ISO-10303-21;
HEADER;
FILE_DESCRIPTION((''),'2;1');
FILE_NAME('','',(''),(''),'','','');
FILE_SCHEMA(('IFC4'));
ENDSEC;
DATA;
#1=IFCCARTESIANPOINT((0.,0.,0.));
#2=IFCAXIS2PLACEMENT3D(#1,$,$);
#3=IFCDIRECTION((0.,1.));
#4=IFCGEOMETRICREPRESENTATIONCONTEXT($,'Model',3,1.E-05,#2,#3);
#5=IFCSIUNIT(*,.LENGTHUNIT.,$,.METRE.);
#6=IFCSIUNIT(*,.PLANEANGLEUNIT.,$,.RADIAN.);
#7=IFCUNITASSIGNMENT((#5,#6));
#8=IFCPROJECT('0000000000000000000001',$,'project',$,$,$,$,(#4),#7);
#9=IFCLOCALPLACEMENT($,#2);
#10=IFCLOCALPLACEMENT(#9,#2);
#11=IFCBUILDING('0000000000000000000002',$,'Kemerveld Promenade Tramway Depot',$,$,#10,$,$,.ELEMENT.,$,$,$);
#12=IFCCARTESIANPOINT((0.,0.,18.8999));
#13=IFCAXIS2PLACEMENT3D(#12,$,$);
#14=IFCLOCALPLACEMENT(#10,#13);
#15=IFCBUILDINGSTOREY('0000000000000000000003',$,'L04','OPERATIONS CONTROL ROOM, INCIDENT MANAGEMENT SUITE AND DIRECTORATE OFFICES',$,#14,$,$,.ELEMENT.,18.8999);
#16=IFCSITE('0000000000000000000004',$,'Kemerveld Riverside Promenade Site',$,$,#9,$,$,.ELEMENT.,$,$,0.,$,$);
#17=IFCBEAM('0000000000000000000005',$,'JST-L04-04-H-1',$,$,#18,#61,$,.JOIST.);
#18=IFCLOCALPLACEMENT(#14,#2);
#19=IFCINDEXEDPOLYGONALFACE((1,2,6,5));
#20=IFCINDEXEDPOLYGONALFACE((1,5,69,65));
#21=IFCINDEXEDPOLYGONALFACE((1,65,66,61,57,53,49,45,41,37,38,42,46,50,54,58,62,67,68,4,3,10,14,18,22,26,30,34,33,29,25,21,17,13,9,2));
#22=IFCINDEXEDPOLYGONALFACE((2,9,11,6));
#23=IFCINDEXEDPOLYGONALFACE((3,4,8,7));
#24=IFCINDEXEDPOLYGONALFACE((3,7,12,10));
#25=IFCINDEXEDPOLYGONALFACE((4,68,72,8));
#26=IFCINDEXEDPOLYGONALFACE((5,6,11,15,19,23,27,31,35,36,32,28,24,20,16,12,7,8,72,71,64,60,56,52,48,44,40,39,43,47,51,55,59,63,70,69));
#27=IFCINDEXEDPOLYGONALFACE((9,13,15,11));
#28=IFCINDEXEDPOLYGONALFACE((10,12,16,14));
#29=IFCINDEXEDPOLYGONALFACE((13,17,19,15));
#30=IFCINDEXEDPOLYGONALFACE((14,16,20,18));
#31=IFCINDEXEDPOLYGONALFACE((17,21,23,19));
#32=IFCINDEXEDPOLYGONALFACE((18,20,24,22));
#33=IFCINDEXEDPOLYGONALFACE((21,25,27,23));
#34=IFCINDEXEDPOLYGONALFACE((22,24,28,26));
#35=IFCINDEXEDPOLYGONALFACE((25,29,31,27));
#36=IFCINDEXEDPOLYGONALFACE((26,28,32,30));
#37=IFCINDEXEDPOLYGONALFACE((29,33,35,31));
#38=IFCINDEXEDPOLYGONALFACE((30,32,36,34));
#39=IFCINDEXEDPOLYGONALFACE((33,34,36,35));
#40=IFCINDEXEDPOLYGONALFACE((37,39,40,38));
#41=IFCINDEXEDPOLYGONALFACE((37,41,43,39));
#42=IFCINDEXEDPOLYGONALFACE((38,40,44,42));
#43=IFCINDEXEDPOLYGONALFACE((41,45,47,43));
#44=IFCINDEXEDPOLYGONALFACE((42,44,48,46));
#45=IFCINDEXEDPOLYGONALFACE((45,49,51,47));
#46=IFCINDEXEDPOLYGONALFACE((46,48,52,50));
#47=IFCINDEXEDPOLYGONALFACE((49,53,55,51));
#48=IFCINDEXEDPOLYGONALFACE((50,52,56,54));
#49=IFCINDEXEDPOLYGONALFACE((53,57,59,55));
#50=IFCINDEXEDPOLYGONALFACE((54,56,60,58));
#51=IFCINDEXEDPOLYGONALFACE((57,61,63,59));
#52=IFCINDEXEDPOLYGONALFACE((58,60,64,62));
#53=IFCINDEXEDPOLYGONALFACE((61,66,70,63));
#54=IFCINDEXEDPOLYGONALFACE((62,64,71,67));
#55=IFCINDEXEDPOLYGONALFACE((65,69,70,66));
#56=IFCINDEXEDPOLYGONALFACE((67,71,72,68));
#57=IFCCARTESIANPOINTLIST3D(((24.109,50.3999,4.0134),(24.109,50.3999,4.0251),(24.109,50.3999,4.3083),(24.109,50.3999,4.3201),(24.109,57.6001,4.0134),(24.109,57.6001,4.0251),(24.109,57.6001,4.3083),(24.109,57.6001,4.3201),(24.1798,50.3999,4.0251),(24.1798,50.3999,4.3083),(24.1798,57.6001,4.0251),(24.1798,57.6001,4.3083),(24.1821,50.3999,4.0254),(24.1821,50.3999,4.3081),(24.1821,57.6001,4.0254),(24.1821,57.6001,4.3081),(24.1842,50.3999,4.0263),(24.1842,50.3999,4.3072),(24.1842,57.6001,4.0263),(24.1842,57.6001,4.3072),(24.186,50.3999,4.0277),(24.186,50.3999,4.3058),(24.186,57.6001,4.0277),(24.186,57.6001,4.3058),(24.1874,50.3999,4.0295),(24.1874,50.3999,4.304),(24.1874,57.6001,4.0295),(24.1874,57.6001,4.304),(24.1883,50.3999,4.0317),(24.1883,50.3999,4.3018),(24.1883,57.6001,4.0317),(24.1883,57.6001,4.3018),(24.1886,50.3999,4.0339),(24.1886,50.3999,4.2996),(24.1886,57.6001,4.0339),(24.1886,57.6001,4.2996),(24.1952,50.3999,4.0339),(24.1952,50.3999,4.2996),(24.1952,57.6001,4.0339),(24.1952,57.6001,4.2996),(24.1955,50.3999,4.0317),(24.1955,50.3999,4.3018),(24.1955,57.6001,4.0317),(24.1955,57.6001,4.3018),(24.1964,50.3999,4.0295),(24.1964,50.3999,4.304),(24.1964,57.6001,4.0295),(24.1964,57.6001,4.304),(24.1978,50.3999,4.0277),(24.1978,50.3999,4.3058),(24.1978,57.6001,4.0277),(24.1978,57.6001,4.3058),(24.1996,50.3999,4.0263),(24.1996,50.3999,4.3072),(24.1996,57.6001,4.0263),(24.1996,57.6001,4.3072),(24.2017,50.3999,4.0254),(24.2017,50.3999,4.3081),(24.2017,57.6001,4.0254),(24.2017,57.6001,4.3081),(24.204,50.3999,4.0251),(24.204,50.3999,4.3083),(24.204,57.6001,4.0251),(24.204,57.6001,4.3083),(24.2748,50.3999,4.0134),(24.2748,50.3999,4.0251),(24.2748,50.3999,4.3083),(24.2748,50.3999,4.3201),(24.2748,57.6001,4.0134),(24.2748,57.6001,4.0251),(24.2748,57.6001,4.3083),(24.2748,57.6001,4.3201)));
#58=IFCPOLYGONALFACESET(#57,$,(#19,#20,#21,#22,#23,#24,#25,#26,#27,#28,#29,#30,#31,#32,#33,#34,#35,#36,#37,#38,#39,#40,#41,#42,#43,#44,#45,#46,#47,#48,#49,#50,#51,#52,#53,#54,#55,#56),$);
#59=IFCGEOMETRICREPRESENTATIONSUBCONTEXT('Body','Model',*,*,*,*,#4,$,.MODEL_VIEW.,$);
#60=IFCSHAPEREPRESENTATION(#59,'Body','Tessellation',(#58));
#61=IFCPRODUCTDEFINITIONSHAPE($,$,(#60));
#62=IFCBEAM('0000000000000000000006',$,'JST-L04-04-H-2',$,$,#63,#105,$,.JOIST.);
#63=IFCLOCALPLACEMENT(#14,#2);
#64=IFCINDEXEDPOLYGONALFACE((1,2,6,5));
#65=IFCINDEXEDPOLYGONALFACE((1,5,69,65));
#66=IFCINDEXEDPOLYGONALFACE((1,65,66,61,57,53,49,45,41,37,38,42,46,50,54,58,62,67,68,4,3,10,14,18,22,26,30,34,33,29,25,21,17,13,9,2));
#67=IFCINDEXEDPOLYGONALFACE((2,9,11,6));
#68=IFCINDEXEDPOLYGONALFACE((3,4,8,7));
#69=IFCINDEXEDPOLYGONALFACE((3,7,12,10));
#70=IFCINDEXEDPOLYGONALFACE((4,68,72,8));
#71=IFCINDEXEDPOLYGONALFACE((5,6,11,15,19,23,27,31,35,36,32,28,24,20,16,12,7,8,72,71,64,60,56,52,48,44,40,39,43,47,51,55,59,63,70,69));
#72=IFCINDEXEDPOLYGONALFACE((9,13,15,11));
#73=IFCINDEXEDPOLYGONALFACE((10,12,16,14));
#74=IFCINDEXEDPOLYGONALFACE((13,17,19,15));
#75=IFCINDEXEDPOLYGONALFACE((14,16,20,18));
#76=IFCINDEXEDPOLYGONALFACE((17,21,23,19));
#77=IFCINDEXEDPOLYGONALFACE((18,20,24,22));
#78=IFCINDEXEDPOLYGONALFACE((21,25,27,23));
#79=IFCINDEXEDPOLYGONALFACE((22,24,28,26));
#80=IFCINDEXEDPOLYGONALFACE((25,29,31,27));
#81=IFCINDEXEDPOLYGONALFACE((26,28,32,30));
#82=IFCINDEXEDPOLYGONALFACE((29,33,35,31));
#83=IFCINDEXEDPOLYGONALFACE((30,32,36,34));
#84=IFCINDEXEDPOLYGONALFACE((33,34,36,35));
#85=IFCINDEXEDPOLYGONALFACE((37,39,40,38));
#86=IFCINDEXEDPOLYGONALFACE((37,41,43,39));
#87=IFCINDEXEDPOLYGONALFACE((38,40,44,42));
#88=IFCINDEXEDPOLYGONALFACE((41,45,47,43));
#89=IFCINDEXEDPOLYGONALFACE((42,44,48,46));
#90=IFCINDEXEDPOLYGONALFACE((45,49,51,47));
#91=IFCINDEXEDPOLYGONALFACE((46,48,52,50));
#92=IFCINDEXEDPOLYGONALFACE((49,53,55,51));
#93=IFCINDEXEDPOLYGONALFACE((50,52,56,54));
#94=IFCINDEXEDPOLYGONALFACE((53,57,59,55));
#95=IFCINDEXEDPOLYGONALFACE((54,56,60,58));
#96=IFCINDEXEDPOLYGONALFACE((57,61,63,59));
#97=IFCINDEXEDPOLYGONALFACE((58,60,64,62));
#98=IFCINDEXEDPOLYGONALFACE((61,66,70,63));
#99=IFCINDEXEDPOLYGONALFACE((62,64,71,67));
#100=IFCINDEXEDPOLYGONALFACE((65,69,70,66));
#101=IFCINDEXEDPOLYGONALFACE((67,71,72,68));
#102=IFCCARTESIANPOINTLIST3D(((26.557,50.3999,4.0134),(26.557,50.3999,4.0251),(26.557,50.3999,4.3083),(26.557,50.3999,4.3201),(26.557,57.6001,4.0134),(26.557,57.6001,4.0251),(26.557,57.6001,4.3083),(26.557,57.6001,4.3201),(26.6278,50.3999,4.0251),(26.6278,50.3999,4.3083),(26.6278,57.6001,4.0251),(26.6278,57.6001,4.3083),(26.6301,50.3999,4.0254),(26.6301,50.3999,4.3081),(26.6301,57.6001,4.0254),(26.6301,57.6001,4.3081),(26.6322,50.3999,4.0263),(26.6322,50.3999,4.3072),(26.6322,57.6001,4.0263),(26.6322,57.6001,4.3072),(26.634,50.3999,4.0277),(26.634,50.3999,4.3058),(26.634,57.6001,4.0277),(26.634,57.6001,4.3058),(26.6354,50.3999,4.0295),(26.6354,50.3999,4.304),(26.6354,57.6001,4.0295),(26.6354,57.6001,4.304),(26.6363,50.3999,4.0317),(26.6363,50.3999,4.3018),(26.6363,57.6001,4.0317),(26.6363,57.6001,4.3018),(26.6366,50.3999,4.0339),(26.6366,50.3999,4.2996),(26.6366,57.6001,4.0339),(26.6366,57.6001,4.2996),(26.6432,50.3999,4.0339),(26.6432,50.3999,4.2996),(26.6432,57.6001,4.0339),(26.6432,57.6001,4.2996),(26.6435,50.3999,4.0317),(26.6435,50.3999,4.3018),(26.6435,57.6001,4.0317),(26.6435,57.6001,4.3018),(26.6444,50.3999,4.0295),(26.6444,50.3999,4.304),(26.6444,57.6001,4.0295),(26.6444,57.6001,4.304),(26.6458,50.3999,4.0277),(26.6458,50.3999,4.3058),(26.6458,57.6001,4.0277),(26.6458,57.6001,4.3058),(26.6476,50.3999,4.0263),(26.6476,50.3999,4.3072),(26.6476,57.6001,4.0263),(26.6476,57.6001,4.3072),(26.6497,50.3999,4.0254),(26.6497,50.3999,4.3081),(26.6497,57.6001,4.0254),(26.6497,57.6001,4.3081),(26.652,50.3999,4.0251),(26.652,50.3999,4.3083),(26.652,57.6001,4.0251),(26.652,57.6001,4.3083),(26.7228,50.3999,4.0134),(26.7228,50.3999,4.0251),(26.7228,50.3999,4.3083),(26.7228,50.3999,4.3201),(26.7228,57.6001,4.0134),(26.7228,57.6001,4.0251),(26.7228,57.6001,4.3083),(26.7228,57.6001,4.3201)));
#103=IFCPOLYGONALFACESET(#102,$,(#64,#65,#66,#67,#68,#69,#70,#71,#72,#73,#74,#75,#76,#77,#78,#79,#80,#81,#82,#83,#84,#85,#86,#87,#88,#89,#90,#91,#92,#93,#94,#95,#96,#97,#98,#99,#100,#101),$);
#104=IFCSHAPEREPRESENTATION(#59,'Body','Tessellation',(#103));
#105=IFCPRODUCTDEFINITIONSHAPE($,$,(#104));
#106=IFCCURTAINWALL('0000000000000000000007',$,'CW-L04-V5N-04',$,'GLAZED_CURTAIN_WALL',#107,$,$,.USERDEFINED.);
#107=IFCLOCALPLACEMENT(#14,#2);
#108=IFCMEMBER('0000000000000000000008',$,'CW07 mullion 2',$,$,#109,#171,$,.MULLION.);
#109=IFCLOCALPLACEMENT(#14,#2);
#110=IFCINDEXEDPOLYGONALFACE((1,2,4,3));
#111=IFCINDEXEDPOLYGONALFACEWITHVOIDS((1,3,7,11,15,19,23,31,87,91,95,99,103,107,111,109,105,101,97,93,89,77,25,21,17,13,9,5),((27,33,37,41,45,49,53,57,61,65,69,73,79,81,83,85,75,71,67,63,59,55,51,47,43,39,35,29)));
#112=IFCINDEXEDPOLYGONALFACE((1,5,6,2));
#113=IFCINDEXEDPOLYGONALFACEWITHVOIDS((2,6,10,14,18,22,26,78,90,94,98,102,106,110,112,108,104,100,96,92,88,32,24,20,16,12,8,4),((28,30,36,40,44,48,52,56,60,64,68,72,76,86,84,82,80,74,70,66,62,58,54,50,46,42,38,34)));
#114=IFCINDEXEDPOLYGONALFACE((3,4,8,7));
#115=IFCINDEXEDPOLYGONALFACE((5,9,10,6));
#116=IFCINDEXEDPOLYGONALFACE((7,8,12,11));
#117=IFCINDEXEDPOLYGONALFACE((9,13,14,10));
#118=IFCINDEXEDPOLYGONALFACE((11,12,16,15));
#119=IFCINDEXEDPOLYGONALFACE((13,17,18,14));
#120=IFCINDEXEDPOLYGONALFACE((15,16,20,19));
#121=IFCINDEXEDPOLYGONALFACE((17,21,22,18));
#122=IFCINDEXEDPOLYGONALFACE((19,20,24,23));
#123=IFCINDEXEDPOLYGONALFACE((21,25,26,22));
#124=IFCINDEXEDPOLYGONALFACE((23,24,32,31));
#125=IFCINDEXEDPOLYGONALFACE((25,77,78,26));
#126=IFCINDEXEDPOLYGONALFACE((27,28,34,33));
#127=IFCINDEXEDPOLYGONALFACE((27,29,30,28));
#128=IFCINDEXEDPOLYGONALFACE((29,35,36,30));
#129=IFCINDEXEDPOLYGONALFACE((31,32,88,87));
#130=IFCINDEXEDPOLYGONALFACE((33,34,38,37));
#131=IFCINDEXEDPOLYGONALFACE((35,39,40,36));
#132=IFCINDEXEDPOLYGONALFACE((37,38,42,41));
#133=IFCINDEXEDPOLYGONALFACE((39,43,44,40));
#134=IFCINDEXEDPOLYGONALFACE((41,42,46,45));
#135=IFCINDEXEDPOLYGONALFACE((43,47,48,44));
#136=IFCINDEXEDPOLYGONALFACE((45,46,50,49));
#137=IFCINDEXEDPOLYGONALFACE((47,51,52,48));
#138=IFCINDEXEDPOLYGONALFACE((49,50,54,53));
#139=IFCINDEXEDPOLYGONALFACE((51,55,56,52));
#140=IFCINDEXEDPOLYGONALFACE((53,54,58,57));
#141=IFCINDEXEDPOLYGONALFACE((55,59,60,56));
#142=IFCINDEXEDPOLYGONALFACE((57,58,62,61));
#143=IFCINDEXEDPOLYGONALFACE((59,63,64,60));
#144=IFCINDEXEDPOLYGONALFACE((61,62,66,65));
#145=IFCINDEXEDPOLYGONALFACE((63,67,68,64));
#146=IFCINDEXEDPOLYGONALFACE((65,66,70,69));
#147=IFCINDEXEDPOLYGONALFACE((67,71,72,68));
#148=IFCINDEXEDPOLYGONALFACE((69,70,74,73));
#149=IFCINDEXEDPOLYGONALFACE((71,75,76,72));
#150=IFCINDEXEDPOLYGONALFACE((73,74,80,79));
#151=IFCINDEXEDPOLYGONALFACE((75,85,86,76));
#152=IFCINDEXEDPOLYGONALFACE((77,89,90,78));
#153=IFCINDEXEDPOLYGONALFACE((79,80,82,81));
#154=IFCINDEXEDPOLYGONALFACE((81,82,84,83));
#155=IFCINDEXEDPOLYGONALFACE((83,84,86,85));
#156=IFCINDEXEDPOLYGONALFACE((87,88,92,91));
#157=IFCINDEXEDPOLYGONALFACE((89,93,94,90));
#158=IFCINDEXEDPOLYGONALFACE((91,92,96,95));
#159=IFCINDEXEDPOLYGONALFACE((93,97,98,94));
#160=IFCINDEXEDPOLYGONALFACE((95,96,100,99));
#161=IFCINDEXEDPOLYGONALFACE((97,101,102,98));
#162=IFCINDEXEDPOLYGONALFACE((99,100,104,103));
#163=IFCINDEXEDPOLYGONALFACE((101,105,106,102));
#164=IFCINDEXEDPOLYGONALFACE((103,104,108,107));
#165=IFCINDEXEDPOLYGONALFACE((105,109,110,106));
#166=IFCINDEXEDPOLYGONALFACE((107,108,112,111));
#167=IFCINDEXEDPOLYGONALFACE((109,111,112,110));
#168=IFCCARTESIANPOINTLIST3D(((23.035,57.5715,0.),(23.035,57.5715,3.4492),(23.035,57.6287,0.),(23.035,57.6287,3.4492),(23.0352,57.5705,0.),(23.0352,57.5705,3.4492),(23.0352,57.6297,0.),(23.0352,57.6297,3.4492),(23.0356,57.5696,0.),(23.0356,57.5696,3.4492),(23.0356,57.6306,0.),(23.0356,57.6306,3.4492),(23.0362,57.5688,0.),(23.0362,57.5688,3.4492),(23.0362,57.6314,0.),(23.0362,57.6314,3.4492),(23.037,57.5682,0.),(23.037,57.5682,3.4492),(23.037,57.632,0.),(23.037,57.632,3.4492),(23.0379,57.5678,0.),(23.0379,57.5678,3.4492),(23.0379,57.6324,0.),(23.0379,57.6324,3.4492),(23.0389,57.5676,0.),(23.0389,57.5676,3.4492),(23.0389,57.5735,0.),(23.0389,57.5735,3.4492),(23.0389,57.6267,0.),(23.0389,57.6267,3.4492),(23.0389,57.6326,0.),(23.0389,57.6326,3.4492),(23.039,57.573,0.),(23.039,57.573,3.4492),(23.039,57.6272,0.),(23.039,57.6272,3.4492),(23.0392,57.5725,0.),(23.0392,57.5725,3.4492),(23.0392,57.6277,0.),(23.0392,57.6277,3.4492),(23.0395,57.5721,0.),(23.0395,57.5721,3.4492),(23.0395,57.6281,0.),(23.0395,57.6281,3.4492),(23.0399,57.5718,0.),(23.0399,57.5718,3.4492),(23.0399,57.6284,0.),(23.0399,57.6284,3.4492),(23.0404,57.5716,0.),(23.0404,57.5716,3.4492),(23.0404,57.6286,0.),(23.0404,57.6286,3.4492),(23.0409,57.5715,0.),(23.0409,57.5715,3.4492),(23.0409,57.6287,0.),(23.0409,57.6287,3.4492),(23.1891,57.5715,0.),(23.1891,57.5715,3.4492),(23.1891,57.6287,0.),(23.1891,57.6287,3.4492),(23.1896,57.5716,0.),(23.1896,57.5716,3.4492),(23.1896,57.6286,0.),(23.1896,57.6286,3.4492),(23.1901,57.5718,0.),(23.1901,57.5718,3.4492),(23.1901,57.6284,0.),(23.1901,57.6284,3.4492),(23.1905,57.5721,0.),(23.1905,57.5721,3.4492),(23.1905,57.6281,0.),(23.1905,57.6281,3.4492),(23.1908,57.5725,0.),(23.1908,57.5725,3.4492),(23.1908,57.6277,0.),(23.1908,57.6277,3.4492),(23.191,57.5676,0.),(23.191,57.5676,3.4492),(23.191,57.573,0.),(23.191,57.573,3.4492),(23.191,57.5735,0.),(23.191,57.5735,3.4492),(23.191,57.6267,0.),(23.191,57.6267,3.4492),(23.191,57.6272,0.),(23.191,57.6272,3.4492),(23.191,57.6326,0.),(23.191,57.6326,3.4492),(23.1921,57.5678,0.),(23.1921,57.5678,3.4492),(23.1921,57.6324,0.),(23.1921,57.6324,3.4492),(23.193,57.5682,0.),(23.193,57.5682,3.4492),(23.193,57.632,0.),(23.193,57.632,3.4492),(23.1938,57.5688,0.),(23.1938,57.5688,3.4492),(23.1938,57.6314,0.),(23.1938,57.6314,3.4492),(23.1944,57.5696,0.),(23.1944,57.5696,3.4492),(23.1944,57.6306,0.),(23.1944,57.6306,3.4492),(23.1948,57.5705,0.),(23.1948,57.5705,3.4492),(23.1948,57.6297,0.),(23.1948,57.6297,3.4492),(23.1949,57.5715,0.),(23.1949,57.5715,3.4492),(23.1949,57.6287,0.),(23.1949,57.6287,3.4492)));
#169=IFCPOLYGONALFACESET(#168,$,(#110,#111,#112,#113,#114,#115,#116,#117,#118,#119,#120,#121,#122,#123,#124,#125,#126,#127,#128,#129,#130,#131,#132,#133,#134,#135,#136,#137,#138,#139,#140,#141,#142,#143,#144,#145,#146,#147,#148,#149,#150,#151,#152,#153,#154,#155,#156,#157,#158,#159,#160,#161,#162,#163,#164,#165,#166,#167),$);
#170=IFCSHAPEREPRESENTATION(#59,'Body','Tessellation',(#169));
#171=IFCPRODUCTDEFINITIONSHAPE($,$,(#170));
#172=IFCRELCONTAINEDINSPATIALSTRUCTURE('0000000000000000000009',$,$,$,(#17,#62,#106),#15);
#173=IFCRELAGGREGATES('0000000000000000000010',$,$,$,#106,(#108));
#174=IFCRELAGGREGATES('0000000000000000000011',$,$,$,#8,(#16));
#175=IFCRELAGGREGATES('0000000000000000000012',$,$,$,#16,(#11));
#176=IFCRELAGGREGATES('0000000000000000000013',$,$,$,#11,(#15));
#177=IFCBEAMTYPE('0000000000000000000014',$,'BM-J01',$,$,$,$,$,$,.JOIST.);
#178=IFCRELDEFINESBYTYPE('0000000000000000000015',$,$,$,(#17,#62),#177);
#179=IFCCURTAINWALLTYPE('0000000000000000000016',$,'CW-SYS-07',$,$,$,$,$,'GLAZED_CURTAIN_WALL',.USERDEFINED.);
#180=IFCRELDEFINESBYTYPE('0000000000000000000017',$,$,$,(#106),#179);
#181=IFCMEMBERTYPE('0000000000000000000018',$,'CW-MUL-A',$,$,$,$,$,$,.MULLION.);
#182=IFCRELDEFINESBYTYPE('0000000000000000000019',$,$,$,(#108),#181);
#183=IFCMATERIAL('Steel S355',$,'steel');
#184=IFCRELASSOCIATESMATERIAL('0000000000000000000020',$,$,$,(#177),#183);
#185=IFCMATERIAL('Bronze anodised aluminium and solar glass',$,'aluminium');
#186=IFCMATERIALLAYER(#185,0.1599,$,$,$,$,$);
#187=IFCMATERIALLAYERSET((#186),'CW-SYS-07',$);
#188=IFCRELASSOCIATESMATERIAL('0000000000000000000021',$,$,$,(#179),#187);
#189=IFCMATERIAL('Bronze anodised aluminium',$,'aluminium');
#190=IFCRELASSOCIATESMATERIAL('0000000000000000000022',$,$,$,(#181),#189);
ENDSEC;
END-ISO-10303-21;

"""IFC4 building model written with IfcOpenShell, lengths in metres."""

from ifc_helpers import new_model, si_unit, direction, frame, origin, origin_2d, place, context, subcontext, project, spatial, hollow_rectangle, i_section, extrude, material, layer, layer_set, material_profile, profile_set, type_object, element, aggregate, save


model = new_model("IFC4")

# Units and contexts
model_context = context("Model", 3, precision=1e-05, world=origin(), true_north=direction((0.0, 1.0)))
body_context = subcontext(model_context, "Body", "Model", "MODEL_VIEW")
ifc_project = project(units=[si_unit("LENGTHUNIT", "METRE"), si_unit("PLANEANGLEUNIT", "RADIAN")], contexts=[model_context])

# Site, building, storey
site_placement = place(None, origin())
site = spatial("IfcSite", under=ifc_project, at=site_placement, Name="Kemerveld Riverside Promenade Site", CompositionType="ELEMENT", RefElevation=0.0)
building_placement = place(site_placement, origin())
building = spatial("IfcBuilding", under=site, at=building_placement, Name="Kemerveld Promenade Tramway Depot", CompositionType="ELEMENT")
storey_placement = place(building_placement, frame((0.0, 0.0, 18.8999)))
storey = spatial("IfcBuildingStorey", under=building, at=storey_placement, Name="L04", Description="OPERATIONS CONTROL ROOM, INCIDENT MANAGEMENT SUITE AND DIRECTORATE OFFICES", CompositionType="ELEMENT", Elevation=18.8999)

# Beams
ifc_material_1 = material(Name="Steel S355", Category="steel")
ifc_material_profile_1 = material_profile(ifc_material_1, i_section(OverallWidth=0.1658, OverallDepth=0.3066, WebThickness=0.0066, FlangeThickness=0.0117, FilletRadius=0.0088, at=origin_2d()), Name="305x165x46 UB")
ifc_profile_set_1 = profile_set([ifc_material_profile_1], Name="Steel S355")
beam_type = type_object("IfcBeamType", Name="BM-J01", PredefinedType="JOIST", material=ifc_profile_set_1)
for number, where, z_axis, x_axis, name in (
    (1, (24.1919, 50.3999, 4.1667), (0.0, 1.0, 0.0), (-1.0, 0.0, 0.0), "JST-L04-04-H-1"),
    (2, (26.6399, 50.3999, 4.1667), (0.0, 1.0, 0.0), (-1.0, 0.0, 0.0), "JST-L04-04-H-2"),
):
    element("IfcBeam", number, at=place(storey_placement, frame(where, z_axis=z_axis, x_axis=x_axis)), inside=storey, type_object=beam_type, Name=name, PredefinedType="JOIST", context=body_context, shape_type="SweptSolid", body=[
        extrude(i_section(OverallWidth=0.1658, OverallDepth=0.3066, WebThickness=0.0066, FlangeThickness=0.0117, FilletRadius=0.0088, at=origin_2d()), origin(), (0.0, 0.0, 1.0), 7.2002),
    ])

# Curtain wall, member
ifc_material_2 = material(Name="Bronze anodised aluminium and solar glass", Category="aluminium")
ifc_layer_1 = layer(ifc_material_2, 0.1599)
ifc_layer_set_1 = layer_set([ifc_layer_1], Name="CW-SYS-07")
curtain_wall_type = type_object("IfcCurtainWallType", Name="CW-SYS-07", ElementType="GLAZED_CURTAIN_WALL", PredefinedType="USERDEFINED", material=ifc_layer_set_1)
curtain_wall_placement = place(storey_placement, origin())
curtain_wall = element("IfcCurtainWall", 3, at=curtain_wall_placement, inside=storey, type_object=curtain_wall_type, Name="CW-L04-V5N-04", ObjectType="GLAZED_CURTAIN_WALL", PredefinedType="USERDEFINED")
ifc_material_3 = material(Name="Bronze anodised aluminium", Category="aluminium")
ifc_material_profile_2 = material_profile(ifc_material_3, hollow_rectangle(XDim=0.0649, YDim=0.1599, WallThickness=0.0039, InnerFilletRadius=0.002, OuterFilletRadius=0.0039, at=origin_2d()), Name="CW-MUL-160x65")
ifc_profile_set_2 = profile_set([ifc_material_profile_2], Name="Bronze anodised aluminium")
member_type_1 = type_object("IfcMemberType", Name="CW-MUL-A", PredefinedType="MULLION", material=ifc_profile_set_2)
member_1_placement = place(storey_placement, frame((23.115, 57.6001, 0.0), z_axis=(0.0, 0.0, 1.0), x_axis=(0.0, 1.0, 0.0)))
member_1 = element("IfcMember", 4, at=member_1_placement, type_object=member_type_1, Name="CW07 mullion 2", PredefinedType="MULLION", context=body_context, shape_type="SweptSolid", body=[
    extrude(hollow_rectangle(XDim=0.0649, YDim=0.1599, WallThickness=0.0039, InnerFilletRadius=0.002, OuterFilletRadius=0.0039, at=origin_2d()), origin(), (0.0, 0.0, 1.0), 3.4492),
])
aggregate(curtain_wall, [member_1])

save(model, "model.ifc")
